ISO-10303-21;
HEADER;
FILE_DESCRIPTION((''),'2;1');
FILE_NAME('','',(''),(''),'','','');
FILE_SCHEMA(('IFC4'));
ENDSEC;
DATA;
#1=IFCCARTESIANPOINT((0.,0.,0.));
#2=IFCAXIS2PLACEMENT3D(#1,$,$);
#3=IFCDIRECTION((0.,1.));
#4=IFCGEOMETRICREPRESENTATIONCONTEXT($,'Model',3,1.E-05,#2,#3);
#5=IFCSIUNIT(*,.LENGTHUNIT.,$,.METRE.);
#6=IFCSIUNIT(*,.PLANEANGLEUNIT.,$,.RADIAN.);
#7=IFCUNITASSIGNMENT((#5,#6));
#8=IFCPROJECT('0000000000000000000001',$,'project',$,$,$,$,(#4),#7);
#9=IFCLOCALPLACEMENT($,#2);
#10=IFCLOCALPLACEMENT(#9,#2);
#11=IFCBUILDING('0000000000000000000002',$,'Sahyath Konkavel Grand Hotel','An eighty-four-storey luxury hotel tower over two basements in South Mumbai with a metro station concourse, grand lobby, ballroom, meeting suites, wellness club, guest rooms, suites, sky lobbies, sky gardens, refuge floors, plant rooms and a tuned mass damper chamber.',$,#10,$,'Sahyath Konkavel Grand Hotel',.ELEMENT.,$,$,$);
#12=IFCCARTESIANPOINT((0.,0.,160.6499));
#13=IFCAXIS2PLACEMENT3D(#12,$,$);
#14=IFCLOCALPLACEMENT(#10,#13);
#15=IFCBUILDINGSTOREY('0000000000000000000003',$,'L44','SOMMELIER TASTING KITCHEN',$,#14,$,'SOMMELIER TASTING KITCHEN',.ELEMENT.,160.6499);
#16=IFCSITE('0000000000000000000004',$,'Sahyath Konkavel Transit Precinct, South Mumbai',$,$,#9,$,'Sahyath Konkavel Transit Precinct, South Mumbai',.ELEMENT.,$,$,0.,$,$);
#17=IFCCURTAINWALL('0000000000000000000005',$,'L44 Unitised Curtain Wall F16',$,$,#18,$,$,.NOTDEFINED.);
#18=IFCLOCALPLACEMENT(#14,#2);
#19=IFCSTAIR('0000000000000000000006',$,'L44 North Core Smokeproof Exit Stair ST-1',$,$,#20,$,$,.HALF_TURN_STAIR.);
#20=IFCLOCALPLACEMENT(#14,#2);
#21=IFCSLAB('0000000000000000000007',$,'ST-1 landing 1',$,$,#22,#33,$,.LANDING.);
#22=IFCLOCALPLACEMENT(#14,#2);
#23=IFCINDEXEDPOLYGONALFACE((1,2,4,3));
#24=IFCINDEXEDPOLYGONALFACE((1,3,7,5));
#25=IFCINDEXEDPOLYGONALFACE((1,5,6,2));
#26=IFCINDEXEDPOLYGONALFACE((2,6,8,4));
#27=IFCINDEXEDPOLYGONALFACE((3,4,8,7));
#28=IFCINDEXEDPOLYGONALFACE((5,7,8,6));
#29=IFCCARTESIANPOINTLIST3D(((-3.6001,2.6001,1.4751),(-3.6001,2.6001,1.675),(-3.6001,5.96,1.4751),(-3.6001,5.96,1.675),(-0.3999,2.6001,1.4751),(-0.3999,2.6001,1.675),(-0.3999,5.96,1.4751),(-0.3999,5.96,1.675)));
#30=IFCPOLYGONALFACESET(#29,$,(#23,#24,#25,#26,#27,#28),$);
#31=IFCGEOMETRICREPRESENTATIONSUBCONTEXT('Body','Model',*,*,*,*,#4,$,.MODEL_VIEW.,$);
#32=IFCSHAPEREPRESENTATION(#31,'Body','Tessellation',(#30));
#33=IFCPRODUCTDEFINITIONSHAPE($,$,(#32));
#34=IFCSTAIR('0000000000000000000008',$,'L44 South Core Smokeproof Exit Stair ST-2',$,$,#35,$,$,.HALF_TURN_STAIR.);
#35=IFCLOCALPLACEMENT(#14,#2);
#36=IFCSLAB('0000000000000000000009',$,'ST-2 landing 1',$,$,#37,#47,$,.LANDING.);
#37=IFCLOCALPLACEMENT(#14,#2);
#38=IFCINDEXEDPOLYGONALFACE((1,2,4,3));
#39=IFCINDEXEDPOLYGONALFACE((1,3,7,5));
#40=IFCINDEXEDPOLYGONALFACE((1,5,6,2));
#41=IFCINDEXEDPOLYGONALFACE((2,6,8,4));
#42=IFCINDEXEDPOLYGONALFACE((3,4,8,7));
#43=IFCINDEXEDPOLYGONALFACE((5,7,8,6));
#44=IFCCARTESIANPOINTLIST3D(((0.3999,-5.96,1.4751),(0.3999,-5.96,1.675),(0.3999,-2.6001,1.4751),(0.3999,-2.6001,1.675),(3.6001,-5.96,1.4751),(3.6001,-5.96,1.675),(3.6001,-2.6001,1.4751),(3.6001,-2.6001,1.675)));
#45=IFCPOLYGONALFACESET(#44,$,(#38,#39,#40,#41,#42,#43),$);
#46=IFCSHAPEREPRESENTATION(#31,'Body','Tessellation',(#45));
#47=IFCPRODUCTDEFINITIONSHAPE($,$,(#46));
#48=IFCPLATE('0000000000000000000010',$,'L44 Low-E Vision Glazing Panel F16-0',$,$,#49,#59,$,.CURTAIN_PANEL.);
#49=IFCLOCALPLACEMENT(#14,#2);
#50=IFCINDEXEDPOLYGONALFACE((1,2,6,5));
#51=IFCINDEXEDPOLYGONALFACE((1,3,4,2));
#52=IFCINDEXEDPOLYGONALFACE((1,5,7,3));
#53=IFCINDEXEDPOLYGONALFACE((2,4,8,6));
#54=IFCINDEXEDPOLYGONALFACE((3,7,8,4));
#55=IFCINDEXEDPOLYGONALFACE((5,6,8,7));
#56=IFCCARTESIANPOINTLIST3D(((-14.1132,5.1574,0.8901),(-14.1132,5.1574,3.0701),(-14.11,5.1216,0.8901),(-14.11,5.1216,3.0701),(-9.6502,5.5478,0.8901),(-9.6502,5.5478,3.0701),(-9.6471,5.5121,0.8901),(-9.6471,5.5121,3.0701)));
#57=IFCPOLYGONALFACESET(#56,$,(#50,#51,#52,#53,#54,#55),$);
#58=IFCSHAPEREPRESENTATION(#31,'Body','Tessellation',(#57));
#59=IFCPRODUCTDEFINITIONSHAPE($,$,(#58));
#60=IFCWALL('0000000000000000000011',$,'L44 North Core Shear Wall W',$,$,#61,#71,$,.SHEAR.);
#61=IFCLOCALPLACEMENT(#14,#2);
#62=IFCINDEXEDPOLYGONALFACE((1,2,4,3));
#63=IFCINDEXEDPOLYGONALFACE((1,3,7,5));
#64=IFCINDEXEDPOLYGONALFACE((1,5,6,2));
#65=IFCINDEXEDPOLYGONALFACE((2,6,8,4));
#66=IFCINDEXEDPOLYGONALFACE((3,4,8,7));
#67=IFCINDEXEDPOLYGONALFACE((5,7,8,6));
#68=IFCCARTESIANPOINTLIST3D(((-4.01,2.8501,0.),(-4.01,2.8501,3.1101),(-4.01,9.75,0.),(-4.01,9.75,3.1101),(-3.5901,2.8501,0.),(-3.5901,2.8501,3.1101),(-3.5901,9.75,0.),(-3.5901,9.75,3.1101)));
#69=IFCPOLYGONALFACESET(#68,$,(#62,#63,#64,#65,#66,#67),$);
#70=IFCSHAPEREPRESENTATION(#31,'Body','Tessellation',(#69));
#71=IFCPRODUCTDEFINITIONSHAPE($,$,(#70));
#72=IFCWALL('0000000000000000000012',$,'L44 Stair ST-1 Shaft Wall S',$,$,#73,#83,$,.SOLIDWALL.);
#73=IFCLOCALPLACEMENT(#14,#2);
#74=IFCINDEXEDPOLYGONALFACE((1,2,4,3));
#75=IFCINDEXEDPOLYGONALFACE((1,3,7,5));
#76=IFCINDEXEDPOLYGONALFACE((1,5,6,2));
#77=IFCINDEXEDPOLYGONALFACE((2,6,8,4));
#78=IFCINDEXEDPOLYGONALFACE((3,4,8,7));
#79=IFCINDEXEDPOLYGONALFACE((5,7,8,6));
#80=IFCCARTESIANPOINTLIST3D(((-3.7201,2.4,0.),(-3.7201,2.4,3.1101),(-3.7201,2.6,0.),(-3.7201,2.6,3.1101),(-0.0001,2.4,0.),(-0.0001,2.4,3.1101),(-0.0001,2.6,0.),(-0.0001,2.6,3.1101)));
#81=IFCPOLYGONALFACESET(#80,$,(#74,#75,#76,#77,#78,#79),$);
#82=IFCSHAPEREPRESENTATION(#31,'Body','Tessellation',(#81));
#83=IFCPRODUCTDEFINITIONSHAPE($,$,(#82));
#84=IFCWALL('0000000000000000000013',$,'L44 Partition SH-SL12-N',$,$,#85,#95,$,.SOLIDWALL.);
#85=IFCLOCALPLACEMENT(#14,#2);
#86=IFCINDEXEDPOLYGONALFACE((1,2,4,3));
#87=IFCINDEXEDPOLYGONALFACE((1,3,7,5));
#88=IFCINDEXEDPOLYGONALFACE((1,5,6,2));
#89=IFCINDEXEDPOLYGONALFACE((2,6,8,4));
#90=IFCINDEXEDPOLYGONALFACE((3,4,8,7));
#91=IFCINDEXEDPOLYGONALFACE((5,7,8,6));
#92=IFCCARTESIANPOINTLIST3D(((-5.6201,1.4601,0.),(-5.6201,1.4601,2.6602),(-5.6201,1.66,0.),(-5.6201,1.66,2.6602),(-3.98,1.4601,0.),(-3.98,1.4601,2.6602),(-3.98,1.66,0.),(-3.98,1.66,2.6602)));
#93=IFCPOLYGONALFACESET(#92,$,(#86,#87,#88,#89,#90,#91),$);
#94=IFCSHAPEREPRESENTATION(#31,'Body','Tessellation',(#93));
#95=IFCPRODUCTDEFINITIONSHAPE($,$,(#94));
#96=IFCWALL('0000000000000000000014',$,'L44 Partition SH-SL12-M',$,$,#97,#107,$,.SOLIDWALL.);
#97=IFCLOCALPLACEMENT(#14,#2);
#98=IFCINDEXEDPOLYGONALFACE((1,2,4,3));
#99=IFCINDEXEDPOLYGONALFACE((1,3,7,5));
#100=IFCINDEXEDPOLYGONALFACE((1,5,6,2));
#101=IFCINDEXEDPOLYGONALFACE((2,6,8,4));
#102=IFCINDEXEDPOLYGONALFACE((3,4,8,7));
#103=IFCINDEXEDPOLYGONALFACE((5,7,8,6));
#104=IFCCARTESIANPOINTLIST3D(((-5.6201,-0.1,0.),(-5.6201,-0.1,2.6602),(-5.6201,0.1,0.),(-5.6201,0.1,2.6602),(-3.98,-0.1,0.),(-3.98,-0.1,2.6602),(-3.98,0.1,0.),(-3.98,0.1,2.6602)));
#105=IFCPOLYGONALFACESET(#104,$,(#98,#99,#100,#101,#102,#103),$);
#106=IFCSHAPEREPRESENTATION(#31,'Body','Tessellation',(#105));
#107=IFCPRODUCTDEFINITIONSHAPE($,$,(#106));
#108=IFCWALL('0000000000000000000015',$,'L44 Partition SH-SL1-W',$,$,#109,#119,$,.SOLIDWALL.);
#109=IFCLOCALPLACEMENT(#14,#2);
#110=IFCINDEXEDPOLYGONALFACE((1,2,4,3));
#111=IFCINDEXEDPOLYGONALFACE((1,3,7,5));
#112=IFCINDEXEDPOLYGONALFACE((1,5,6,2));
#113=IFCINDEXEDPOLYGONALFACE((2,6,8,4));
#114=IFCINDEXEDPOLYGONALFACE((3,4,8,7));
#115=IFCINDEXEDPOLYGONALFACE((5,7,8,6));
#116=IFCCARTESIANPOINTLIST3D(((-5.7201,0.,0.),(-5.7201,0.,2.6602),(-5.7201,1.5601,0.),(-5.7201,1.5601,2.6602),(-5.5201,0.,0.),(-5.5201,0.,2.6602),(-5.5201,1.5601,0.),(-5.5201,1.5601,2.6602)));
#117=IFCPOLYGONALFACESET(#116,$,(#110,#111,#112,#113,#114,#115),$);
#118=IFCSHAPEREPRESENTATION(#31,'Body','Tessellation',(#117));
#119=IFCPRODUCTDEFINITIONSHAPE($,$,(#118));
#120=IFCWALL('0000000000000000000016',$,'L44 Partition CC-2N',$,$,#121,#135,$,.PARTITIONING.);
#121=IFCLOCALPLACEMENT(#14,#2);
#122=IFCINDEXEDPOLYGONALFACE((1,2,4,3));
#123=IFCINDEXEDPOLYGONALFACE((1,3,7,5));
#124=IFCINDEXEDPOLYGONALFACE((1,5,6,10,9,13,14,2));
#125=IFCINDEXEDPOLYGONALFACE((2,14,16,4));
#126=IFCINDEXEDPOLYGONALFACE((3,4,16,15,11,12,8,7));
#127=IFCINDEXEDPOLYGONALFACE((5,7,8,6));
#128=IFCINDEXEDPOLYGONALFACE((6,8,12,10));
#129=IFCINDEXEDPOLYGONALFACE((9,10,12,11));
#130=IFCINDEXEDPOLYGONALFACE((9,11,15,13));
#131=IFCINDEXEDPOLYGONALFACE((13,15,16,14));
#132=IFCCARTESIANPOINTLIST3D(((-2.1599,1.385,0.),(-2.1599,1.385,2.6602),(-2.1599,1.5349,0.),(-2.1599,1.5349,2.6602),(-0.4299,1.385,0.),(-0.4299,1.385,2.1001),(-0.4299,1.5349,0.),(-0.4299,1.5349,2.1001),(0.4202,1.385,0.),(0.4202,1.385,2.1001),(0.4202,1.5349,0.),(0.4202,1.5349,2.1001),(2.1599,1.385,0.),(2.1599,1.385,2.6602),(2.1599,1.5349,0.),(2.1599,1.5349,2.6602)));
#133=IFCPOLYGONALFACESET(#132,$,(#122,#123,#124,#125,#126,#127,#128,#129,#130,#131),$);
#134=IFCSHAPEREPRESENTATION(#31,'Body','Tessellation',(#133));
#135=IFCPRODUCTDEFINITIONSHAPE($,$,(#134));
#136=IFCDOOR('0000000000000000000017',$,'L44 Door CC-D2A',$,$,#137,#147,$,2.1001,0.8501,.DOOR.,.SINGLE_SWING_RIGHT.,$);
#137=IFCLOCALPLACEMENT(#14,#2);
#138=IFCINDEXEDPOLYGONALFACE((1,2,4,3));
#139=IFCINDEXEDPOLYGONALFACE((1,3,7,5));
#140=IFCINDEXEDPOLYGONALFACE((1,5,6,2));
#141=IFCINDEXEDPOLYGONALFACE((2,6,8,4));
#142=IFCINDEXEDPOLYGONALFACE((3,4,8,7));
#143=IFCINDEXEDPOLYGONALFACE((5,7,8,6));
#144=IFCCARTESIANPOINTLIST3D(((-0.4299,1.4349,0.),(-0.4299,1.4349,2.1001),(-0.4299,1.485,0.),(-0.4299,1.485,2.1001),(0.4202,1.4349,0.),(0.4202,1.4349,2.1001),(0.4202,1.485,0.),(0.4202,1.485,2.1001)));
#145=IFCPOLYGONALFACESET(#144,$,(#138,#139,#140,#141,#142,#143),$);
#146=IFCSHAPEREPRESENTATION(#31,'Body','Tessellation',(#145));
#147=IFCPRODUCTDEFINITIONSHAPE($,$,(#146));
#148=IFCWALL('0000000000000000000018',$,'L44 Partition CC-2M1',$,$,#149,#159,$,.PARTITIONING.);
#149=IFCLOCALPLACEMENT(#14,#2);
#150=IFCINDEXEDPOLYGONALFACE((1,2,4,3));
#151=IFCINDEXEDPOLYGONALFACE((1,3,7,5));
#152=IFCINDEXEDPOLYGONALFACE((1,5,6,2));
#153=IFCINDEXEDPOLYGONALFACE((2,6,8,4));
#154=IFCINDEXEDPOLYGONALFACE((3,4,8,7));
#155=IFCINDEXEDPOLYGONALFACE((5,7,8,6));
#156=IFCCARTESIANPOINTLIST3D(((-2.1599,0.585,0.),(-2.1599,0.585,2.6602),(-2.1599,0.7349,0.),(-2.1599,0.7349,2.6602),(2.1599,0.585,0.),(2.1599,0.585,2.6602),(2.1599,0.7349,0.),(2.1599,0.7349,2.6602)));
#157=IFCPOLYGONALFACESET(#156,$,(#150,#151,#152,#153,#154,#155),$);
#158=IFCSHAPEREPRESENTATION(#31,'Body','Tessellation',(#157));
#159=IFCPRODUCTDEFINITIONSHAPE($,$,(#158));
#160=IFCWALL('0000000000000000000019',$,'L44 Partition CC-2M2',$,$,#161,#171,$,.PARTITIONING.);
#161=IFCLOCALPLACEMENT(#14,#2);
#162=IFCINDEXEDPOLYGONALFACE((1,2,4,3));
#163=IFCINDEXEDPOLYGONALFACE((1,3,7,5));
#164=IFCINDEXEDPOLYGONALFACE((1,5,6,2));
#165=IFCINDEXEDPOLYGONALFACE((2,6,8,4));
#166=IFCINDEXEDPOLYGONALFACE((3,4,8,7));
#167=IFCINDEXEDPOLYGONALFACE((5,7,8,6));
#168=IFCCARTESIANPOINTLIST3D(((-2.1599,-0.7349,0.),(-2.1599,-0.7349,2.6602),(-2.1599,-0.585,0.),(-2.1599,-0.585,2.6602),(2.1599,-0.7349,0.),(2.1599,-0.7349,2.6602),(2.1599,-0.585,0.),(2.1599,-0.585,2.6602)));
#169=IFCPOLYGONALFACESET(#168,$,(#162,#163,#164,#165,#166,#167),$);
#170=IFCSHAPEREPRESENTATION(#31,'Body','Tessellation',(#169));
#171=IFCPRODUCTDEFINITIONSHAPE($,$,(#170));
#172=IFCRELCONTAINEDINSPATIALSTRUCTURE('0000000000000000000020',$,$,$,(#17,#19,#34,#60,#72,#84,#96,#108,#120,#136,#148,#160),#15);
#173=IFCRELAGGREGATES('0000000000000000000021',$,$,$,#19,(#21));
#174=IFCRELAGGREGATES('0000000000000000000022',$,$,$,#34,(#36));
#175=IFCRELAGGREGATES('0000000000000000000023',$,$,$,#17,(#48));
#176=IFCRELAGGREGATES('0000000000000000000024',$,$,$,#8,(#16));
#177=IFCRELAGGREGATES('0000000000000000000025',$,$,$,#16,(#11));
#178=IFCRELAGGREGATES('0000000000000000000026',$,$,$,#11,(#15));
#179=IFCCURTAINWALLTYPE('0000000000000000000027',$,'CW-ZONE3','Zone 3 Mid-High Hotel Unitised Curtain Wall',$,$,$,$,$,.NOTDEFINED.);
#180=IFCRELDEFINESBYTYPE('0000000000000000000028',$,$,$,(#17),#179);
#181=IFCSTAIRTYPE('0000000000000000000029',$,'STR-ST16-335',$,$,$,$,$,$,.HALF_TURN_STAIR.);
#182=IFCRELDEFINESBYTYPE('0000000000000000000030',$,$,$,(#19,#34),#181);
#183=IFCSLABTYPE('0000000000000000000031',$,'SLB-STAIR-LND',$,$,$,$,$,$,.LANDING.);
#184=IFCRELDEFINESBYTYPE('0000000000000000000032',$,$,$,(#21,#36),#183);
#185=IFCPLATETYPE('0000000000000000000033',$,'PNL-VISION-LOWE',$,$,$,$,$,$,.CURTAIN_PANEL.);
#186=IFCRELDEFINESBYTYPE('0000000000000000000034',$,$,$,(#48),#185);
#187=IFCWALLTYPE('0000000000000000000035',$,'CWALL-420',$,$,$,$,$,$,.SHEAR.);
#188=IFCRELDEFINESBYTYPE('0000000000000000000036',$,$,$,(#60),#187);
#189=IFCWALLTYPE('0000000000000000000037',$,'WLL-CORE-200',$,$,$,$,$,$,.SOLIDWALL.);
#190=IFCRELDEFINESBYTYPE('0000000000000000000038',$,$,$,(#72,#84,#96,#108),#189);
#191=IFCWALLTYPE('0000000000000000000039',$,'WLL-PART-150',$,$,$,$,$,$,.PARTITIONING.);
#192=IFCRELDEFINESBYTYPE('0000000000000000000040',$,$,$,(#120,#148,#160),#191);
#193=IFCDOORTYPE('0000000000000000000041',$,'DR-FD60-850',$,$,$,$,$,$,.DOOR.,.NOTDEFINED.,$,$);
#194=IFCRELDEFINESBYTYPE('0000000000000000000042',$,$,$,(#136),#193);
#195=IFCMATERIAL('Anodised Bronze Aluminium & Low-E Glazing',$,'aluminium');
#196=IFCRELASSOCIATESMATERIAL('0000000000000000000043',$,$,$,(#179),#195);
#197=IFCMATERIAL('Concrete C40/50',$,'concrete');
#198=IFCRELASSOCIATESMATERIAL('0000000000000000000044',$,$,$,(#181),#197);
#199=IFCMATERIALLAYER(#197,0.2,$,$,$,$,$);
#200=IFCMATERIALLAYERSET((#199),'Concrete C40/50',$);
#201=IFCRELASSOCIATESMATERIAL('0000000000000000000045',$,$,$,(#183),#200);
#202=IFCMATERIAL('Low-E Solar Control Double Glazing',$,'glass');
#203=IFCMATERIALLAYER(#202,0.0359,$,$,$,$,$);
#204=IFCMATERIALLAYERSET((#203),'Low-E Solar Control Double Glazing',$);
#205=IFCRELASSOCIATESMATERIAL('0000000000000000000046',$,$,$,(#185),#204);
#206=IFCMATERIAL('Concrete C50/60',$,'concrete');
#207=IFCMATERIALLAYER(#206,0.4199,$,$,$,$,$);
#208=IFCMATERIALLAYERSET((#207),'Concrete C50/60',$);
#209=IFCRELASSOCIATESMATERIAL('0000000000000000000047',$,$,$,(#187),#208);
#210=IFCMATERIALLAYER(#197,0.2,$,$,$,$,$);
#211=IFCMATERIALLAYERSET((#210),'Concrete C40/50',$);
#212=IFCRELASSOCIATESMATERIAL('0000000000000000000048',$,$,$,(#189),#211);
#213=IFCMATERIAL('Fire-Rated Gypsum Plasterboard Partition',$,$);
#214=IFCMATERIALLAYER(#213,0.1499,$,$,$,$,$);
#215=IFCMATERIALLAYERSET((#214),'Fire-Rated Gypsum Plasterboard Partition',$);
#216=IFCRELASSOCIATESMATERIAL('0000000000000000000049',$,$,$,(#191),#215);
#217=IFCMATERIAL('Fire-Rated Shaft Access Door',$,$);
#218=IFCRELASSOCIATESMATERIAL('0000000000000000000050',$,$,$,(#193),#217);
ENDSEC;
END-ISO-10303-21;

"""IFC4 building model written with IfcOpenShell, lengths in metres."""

from ifc_helpers import new_model, si_unit, direction, frame, frame_2d, origin, origin_2d, place, context, subcontext, project, spatial, polyline, rectangle, outline, extrude, source, transform, mapped, material, layer, layer_set, type_object, element, fill, aggregate, save


model = new_model("IFC4")

# Units and contexts
model_context = context("Model", 3, precision=1e-05, world=origin(), true_north=direction((0.0, 1.0)))
body_context = subcontext(model_context, "Body", "Model", "MODEL_VIEW")
ifc_project = project(units=[si_unit("LENGTHUNIT", "METRE"), si_unit("PLANEANGLEUNIT", "RADIAN")], contexts=[model_context])

# Site, building, storey
site_placement = place(None, origin())
site = spatial("IfcSite", under=ifc_project, at=site_placement, Name="Sahyath Konkavel Transit Precinct, South Mumbai", LongName="Sahyath Konkavel Transit Precinct, South Mumbai", CompositionType="ELEMENT", RefElevation=0.0)
building_placement = place(site_placement, origin())
building = spatial("IfcBuilding", under=site, at=building_placement, Name="Sahyath Konkavel Grand Hotel", Description="An eighty-four-storey luxury hotel tower over two basements in South Mumbai with a metro station concourse, grand lobby, ballroom, meeting suites, wellness club, guest rooms, suites, sky lobbies, sky gardens, refuge floors, plant rooms and a tuned mass damper chamber.", LongName="Sahyath Konkavel Grand Hotel", CompositionType="ELEMENT")
storey_placement = place(building_placement, frame((0.0, 0.0, 160.6499)))
storey = spatial("IfcBuildingStorey", under=building, at=storey_placement, Name="L44", Description="SOMMELIER TASTING KITCHEN", LongName="SOMMELIER TASTING KITCHEN", CompositionType="ELEMENT", Elevation=160.6499)

# Shared definitions
ifc_material_1 = material(Name="Concrete C50/60", Category="concrete")

# Curtain wall
ifc_material_2 = material(Name="Anodised Bronze Aluminium & Low-E Glazing", Category="aluminium")
curtain_wall_type = type_object("IfcCurtainWallType", Name="CW-ZONE3", Description="Zone 3 Mid-High Hotel Unitised Curtain Wall", PredefinedType="NOTDEFINED", material=ifc_material_2)
curtain_wall_placement = place(storey_placement, origin())
curtain_wall = element("IfcCurtainWall", 1, at=curtain_wall_placement, inside=storey, type_object=curtain_wall_type, Name="L44 Unitised Curtain Wall F16", PredefinedType="NOTDEFINED")

# Shared definitions
ifc_material_3 = material(Name="Concrete C40/50", Category="concrete")

# Stairs, slabs
stair_type = type_object("IfcStairType", Name="STR-ST16-335", PredefinedType="HALF_TURN_STAIR", material=ifc_material_3)
stair_1_placement = place(storey_placement, origin())
stair_1 = element("IfcStair", 2, at=stair_1_placement, inside=storey, type_object=stair_type, Name="L44 North Core Smokeproof Exit Stair ST-1", PredefinedType="HALF_TURN_STAIR")
ifc_layer_1 = layer(ifc_material_3, 0.2)
ifc_layer_set_1 = layer_set([ifc_layer_1], Name="Concrete C40/50")
slab_type_1 = type_object("IfcSlabType", Name="SLB-STAIR-LND", PredefinedType="LANDING", material=ifc_layer_set_1)
slab_1_placement = place(storey_placement, frame((0.0, 0.0, 1.4751)))
slab_1 = element("IfcSlab", 3, at=slab_1_placement, type_object=slab_type_1, Name="ST-1 landing 1", PredefinedType="LANDING", context=body_context, shape_type="SweptSolid", body=[
    extrude(outline(polyline([(-3.6001, 5.96), (-3.6001, 2.6001), (-0.3999, 2.6001), (-0.3999, 5.96), (-3.6001, 5.96)])), origin(), (0.0, 0.0, 1.0), 0.2),
])
aggregate(stair_1, [slab_1])
stair_2_placement = place(storey_placement, origin())
stair_2 = element("IfcStair", 4, at=stair_2_placement, inside=storey, type_object=stair_type, Name="L44 South Core Smokeproof Exit Stair ST-2", PredefinedType="HALF_TURN_STAIR")
slab_2_placement = place(storey_placement, frame((0.0, 0.0, 1.4751)))
slab_2 = element("IfcSlab", 5, at=slab_2_placement, type_object=slab_type_1, Name="ST-2 landing 1", PredefinedType="LANDING", context=body_context, shape_type="SweptSolid", body=[
    extrude(outline(polyline([(3.6001, -5.96), (3.6001, -2.6001), (0.3999, -2.6001), (0.3999, -5.96), (3.6001, -5.96)])), origin(), (0.0, 0.0, 1.0), 0.2),
])
aggregate(stair_2, [slab_2])

# Plate
ifc_material_4 = material(Name="Low-E Solar Control Double Glazing", Category="glass")
ifc_layer_2 = layer(ifc_material_4, 0.0359)
ifc_layer_set_2 = layer_set([ifc_layer_2], Name="Low-E Solar Control Double Glazing")
plate_type = type_object("IfcPlateType", Name="PNL-VISION-LOWE", PredefinedType="CURTAIN_PANEL", material=ifc_layer_set_2)
shared_shape_1 = source(origin(), body_context, "Body", "SweptSolid", [
    extrude(rectangle(XDim=4.48, YDim=0.0359, at=origin_2d()), origin(), (0.0, 0.0, 1.0), 2.1799),
])
plate_placement = place(storey_placement, frame((-11.8801, 5.3347, 0.8901), z_axis=(0.0, 0.0, 1.0), x_axis=(-0.996195, -0.087156, 0.0)))
plate = element("IfcPlate", 6, at=plate_placement, type_object=plate_type, Name="L44 Low-E Vision Glazing Panel F16-0", PredefinedType="CURTAIN_PANEL", context=body_context, shape_type="MappedRepresentation", body=[
    mapped(shared_shape_1, transform((0.0, 0.0, 0.0), scale=1.0)),
])
aggregate(curtain_wall, [plate])

# Walls
ifc_layer_3 = layer(ifc_material_1, 0.4199)
ifc_layer_set_3 = layer_set([ifc_layer_3], Name="Concrete C50/60")
wall_type_1 = type_object("IfcWallType", Name="CWALL-420", PredefinedType="SHEAR", material=ifc_layer_set_3)
wall_1_placement = place(storey_placement, frame((-3.8, 2.8501, 0.0), z_axis=(0.0, 0.0, 1.0), x_axis=(0.0, 1.0, 0.0)))
element("IfcWall", 7, at=wall_1_placement, inside=storey, type_object=wall_type_1, Name="L44 North Core Shear Wall W", PredefinedType="SHEAR", context=body_context, shape_type="SweptSolid", body=[
    extrude(rectangle(XDim=6.8999, YDim=0.4199, at=frame_2d((3.45, 0.0))), origin(), (0.0, 0.0, 1.0), 3.1101),
])
ifc_layer_4 = layer(ifc_material_3, 0.2)
ifc_layer_set_4 = layer_set([ifc_layer_4], Name="Concrete C40/50")
wall_type_2 = type_object("IfcWallType", Name="WLL-CORE-200", PredefinedType="SOLIDWALL", material=ifc_layer_set_4)
wall_2_placement = place(storey_placement, frame((-3.72, 2.5, 0.0), z_axis=(0.0, 0.0, 1.0), x_axis=(1.0, 0.0, 0.0)))
element("IfcWall", 8, at=wall_2_placement, inside=storey, type_object=wall_type_2, Name="L44 Stair ST-1 Shaft Wall S", PredefinedType="SOLIDWALL", context=body_context, shape_type="SweptSolid", body=[
    extrude(rectangle(XDim=3.72, YDim=0.2, at=frame_2d((1.8599, 0.0))), origin(), (0.0, 0.0, 1.0), 3.1101),
])
for number, where, z_axis, x_axis, name in (
    (9, (-5.6201, 1.5601, 0.0), (0.0, 0.0, 1.0), (1.0, 0.0, 0.0), "L44 Partition SH-SL12-N"),
    (10, (-5.6201, 0.0, 0.0), (0.0, 0.0, 1.0), (1.0, 0.0, 0.0), "L44 Partition SH-SL12-M"),
):
    element("IfcWall", number, at=place(storey_placement, frame(where, z_axis=z_axis, x_axis=x_axis)), inside=storey, type_object=wall_type_2, Name=name, PredefinedType="SOLIDWALL", context=body_context, shape_type="SweptSolid", body=[
        extrude(rectangle(XDim=1.6401, YDim=0.2, at=frame_2d((0.8201, 0.0))), origin(), (0.0, 0.0, 1.0), 2.6602),
    ])
wall_3_placement = place(storey_placement, frame((-5.6201, 0.0, 0.0), z_axis=(0.0, 0.0, 1.0), x_axis=(0.0, 1.0, 0.0)))
element("IfcWall", 11, at=wall_3_placement, inside=storey, type_object=wall_type_2, Name="L44 Partition SH-SL1-W", PredefinedType="SOLIDWALL", context=body_context, shape_type="SweptSolid", body=[
    extrude(rectangle(XDim=1.5601, YDim=0.2, at=frame_2d((0.78, 0.0))), origin(), (0.0, 0.0, 1.0), 2.6602),
])

# Wall, opening, door
ifc_material_5 = material(Name="Fire-Rated Gypsum Plasterboard Partition")
ifc_layer_5 = layer(ifc_material_5, 0.1499)
ifc_layer_set_5 = layer_set([ifc_layer_5], Name="Fire-Rated Gypsum Plasterboard Partition")
wall_type_3 = type_object("IfcWallType", Name="WLL-PART-150", PredefinedType="PARTITIONING", material=ifc_layer_set_5)
wall_4_placement = place(storey_placement, frame((-2.1599, 1.46, 0.0), z_axis=(0.0, 0.0, 1.0), x_axis=(1.0, 0.0, 0.0)))
wall_4 = element("IfcWall", 12, at=wall_4_placement, inside=storey, type_object=wall_type_3, Name="L44 Partition CC-2N", PredefinedType="PARTITIONING", context=body_context, shape_type="SweptSolid", body=[
    extrude(rectangle(XDim=4.3198, YDim=0.1499, at=frame_2d((2.1599, 0.0))), origin(), (0.0, 0.0, 1.0), 2.6602),
])
opening_1_placement = place(wall_4_placement, frame((1.73, 0.0, 0.0)))
opening_1 = element("IfcOpeningElement", 13, at=opening_1_placement, cuts=wall_4, PredefinedType="OPENING", context=body_context, shape_type="SweptSolid", body=[
    extrude(rectangle(XDim=0.8501, YDim=2.1001, at=frame_2d((0.425, 1.05))), frame((0.0, 0.085, 0.0), z_axis=(0.0, -1.0, 0.0), x_axis=(1.0, 0.0, 0.0)), (0.0, 0.0, 1.0), 0.1699),
])
ifc_material_6 = material(Name="Fire-Rated Shaft Access Door")
door_type_1 = type_object("IfcDoorType", Name="DR-FD60-850", OperationType="NOTDEFINED", PredefinedType="DOOR", material=ifc_material_6)
shared_shape_2 = source(origin(), body_context, "Body", "SweptSolid", [
    extrude(rectangle(XDim=0.8501, YDim=0.05, at=origin_2d()), origin(), (0.0, 0.0, 1.0), 2.1001),
])
door_1_placement = place(opening_1_placement, frame((0.425, 0.0, 0.0)))
door_1 = element("IfcDoor", 14, at=door_1_placement, inside=storey, type_object=door_type_1, Name="L44 Door CC-D2A", OperationType="SINGLE_SWING_RIGHT", OverallHeight=2.1001, OverallWidth=0.8501, PredefinedType="DOOR", context=body_context, shape_type="MappedRepresentation", body=[
    mapped(shared_shape_2, transform((0.0, 0.0, 0.0), scale=1.0)),
])
fill(opening_1, door_1)

# Walls
for number, where, z_axis, x_axis, name in (
    (15, (-2.1599, 0.6599, 0.0), (0.0, 0.0, 1.0), (1.0, 0.0, 0.0), "L44 Partition CC-2M1"),
    (16, (-2.1599, -0.6599, 0.0), (0.0, 0.0, 1.0), (1.0, 0.0, 0.0), "L44 Partition CC-2M2"),
):
    element("IfcWall", number, at=place(storey_placement, frame(where, z_axis=z_axis, x_axis=x_axis)), inside=storey, type_object=wall_type_3, Name=name, PredefinedType="PARTITIONING", context=body_context, shape_type="SweptSolid", body=[
        extrude(rectangle(XDim=4.3198, YDim=0.1499, at=frame_2d((2.1599, 0.0))), origin(), (0.0, 0.0, 1.0), 2.6602),
    ])

save(model, "model.ifc")
